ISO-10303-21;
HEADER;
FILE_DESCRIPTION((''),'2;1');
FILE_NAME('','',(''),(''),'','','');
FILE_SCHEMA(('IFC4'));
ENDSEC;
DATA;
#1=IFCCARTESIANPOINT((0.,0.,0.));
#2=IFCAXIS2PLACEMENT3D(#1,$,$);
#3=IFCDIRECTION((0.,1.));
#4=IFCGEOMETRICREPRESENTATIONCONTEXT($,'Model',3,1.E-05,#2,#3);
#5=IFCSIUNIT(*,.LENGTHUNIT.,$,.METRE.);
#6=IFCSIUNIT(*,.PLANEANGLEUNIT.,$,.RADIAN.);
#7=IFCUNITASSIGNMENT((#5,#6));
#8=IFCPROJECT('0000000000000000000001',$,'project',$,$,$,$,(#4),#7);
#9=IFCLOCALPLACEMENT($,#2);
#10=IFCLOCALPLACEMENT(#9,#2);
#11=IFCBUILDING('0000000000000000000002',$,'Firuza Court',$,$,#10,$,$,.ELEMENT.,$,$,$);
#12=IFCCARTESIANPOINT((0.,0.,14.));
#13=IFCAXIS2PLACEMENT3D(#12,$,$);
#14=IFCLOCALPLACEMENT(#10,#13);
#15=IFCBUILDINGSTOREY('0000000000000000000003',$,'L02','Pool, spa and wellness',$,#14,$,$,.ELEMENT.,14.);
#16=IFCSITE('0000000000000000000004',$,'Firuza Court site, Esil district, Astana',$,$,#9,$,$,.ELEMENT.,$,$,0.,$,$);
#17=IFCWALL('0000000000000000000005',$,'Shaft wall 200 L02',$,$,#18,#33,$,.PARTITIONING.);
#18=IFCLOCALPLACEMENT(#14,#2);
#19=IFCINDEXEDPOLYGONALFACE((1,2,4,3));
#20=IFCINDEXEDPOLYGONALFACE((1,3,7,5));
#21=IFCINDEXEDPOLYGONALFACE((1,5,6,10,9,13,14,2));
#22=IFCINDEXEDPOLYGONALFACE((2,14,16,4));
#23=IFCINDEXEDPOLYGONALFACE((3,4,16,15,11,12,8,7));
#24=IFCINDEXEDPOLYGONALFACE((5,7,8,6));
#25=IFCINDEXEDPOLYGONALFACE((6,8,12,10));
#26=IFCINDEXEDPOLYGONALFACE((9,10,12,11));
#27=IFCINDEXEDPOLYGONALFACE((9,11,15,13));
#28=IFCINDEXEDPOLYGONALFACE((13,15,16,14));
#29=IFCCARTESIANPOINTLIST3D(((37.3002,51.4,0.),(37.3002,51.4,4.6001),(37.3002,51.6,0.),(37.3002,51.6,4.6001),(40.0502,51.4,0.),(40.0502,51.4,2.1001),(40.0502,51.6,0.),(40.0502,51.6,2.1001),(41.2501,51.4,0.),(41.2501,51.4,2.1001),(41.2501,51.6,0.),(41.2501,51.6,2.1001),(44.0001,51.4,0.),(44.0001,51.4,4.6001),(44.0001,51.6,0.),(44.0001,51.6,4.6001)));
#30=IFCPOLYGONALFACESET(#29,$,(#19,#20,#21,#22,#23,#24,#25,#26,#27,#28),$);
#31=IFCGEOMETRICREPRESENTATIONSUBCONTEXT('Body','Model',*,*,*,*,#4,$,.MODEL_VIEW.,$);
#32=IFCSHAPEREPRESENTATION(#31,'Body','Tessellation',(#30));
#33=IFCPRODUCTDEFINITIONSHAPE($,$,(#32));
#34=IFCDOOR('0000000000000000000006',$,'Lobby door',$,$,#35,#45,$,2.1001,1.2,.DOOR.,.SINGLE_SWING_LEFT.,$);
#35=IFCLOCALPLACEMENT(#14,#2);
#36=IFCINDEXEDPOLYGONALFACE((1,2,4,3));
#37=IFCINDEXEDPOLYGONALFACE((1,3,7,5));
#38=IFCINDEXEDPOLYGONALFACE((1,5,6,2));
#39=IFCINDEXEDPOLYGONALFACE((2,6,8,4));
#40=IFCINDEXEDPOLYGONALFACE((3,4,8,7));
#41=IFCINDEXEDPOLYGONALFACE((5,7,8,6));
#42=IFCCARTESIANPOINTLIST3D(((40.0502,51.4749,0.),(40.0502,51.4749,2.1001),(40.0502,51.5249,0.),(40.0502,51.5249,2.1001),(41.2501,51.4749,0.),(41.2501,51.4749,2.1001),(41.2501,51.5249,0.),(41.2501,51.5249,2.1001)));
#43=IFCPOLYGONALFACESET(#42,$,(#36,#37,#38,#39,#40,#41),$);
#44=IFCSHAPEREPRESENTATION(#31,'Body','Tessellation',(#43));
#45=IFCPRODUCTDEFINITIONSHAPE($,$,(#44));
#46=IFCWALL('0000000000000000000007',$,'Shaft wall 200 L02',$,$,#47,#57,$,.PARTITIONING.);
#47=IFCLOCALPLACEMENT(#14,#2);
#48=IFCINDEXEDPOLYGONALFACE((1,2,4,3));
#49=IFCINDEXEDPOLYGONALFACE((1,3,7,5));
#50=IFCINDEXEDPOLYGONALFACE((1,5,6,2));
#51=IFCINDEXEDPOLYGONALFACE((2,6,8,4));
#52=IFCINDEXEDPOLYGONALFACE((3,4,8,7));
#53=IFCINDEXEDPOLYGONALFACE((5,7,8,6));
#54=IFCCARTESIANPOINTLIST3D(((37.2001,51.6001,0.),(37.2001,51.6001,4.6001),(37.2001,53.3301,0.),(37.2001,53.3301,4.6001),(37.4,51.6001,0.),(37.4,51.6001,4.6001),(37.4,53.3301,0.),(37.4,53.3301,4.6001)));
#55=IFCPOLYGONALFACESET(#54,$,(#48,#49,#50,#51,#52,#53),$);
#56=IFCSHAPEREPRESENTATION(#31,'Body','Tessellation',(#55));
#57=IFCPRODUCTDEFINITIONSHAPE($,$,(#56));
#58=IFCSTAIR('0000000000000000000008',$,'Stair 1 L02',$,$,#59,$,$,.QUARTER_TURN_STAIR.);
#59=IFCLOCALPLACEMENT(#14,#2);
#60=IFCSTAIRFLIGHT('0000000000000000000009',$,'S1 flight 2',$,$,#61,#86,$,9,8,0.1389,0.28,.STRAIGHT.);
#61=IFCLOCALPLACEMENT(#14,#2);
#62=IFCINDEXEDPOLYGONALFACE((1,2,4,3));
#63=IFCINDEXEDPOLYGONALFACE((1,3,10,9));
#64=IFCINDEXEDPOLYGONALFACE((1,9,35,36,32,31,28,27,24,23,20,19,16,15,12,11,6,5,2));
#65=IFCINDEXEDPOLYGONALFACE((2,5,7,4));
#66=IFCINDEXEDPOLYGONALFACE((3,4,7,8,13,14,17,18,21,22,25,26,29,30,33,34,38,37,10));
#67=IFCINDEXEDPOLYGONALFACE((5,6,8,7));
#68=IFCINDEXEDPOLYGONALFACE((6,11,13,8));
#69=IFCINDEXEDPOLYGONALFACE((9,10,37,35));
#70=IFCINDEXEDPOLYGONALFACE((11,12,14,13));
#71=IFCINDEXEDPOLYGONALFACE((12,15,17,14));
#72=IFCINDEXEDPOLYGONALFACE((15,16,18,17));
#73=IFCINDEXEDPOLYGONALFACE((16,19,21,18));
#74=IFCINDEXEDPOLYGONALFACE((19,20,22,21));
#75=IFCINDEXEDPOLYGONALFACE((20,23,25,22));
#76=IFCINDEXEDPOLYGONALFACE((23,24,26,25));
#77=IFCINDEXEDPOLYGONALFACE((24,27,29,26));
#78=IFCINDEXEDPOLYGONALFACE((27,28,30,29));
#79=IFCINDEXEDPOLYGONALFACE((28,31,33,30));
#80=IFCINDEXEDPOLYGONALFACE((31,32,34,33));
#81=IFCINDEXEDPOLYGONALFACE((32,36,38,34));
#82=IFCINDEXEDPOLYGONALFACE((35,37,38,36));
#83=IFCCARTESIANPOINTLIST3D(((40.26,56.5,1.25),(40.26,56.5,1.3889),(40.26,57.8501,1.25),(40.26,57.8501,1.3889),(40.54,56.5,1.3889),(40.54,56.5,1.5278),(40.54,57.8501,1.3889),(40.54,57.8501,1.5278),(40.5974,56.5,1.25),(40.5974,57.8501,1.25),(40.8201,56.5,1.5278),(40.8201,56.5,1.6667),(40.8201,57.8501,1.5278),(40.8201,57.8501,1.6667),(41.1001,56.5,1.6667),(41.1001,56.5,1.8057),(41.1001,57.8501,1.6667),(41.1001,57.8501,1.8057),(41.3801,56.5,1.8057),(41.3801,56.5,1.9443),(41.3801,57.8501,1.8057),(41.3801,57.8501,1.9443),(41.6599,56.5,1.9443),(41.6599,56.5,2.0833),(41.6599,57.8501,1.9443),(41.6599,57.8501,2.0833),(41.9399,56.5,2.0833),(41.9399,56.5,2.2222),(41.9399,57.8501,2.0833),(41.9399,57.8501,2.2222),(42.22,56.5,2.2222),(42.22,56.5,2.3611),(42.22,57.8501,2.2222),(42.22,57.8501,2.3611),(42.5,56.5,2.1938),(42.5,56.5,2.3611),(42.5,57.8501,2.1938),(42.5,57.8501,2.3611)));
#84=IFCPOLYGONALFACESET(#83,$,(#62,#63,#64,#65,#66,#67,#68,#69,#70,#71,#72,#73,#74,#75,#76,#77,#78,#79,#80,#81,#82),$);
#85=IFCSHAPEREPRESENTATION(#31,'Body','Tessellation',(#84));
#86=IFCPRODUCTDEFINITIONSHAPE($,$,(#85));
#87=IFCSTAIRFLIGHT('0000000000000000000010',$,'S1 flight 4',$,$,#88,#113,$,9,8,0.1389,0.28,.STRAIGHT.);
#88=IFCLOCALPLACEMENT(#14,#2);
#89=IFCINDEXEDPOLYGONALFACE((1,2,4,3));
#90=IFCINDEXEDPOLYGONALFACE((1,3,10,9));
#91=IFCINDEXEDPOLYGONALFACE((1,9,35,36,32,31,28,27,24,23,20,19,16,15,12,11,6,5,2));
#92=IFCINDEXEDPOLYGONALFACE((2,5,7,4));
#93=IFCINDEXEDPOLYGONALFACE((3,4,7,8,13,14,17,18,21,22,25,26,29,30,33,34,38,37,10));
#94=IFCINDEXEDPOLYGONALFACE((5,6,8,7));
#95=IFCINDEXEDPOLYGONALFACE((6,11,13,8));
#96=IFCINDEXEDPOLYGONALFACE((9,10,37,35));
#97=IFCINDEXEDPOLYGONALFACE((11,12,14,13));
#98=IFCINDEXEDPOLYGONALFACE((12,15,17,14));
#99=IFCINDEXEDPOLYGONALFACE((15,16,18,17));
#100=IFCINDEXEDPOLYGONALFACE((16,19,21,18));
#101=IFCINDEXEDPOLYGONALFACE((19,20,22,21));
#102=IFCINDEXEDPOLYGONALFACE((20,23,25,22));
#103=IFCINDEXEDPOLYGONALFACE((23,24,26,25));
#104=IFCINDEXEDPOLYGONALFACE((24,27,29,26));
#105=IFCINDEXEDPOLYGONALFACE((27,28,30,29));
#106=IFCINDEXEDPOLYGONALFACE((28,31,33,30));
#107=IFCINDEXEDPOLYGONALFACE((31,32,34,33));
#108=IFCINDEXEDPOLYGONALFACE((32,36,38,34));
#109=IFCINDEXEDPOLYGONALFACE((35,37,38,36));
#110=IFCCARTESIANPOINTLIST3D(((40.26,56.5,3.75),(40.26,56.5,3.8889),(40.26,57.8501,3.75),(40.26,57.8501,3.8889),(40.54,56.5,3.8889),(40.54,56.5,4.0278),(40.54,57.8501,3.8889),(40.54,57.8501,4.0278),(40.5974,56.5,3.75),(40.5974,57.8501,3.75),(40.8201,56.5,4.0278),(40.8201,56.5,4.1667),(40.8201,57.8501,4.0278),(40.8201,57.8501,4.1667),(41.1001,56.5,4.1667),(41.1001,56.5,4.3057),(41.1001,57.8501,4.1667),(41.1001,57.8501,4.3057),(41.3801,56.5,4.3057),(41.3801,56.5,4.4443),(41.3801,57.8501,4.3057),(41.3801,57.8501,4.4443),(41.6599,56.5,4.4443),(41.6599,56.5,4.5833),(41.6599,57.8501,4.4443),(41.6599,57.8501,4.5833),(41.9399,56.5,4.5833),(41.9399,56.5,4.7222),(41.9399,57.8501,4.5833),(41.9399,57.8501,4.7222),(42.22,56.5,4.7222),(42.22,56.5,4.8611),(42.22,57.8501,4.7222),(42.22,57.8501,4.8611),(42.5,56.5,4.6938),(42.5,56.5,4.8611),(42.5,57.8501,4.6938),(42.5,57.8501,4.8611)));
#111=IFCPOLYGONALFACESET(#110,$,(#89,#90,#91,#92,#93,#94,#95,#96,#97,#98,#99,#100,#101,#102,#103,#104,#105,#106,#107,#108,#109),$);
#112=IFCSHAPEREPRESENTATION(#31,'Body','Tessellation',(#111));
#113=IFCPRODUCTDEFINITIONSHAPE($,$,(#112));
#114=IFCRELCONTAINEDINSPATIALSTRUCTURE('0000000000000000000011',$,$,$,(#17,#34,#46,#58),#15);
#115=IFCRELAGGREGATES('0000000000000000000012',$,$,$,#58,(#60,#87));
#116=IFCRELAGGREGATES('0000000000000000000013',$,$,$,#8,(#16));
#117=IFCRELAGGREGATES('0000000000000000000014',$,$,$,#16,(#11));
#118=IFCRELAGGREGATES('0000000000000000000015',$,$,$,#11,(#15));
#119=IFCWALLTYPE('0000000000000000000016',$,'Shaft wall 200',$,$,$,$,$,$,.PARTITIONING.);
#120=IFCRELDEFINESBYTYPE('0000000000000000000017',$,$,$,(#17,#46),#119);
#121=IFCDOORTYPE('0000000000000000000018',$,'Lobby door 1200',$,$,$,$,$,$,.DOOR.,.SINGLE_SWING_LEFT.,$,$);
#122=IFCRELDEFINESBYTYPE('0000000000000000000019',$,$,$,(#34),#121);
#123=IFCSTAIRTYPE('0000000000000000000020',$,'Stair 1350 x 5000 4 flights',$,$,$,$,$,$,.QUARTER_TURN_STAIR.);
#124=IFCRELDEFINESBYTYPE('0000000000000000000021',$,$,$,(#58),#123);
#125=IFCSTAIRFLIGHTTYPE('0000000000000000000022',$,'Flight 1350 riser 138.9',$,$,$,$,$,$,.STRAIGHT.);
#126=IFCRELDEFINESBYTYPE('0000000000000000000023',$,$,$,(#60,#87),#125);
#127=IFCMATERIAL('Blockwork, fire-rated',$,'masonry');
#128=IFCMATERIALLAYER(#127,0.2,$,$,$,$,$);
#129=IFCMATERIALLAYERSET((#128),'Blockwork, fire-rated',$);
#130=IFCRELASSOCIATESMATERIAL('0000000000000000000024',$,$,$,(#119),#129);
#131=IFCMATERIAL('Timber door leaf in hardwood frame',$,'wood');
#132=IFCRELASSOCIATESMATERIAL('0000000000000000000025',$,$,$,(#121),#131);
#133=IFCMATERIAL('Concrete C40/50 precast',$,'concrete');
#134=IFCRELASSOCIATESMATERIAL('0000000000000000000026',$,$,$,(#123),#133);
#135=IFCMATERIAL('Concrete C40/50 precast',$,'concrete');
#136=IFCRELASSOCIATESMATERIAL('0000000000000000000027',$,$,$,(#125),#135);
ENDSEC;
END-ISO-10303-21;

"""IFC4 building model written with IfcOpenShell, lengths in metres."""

from ifc_helpers import new_model, si_unit, direction, frame, frame_2d, origin, place, context, subcontext, project, spatial, polyline, rectangle, outline, extrude, material, layer, layer_set, type_object, element, fill, aggregate, save


model = new_model("IFC4")

# Units and contexts
model_context = context("Model", 3, precision=1e-05, world=origin(), true_north=direction((0.0, 1.0)))
body_context = subcontext(model_context, "Body", "Model", "MODEL_VIEW")
ifc_project = project(units=[si_unit("LENGTHUNIT", "METRE"), si_unit("PLANEANGLEUNIT", "RADIAN")], contexts=[model_context])

# Site, building, storey
site_placement = place(None, origin())
site = spatial("IfcSite", under=ifc_project, at=site_placement, Name="Firuza Court site, Esil district, Astana", CompositionType="ELEMENT", RefElevation=0.0)
building_placement = place(site_placement, origin())
building = spatial("IfcBuilding", under=site, at=building_placement, Name="Firuza Court", CompositionType="ELEMENT")
storey_placement = place(building_placement, frame((0.0, 0.0, 14.0)))
storey = spatial("IfcBuildingStorey", under=building, at=storey_placement, Name="L02", Description="Pool, spa and wellness", CompositionType="ELEMENT", Elevation=14.0)

# Shared definitions
ifc_material_1 = material(Name="Blockwork, fire-rated", Category="masonry")

# Shared definitions
ifc_layer_1 = layer(ifc_material_1, 0.2)
ifc_layer_set_1 = layer_set([ifc_layer_1], Name="Blockwork, fire-rated")
wall_type_1 = type_object("IfcWallType", Name="Shaft wall 200", PredefinedType="PARTITIONING", material=ifc_layer_set_1)

# Wall, opening, door
wall_1_placement = place(storey_placement, frame((37.3, 51.5, 0.0), z_axis=(0.0, 0.0, 1.0), x_axis=(1.0, 0.0, 0.0)))
wall_1 = element("IfcWall", 1, at=wall_1_placement, inside=storey, type_object=wall_type_1, Name="Shaft wall 200 L02", PredefinedType="PARTITIONING", context=body_context, shape_type="SweptSolid", body=[
    extrude(rectangle(XDim=6.7, YDim=0.2, at=frame_2d((3.3501, 0.0))), origin(), (0.0, 0.0, 1.0), 4.6001),
])
opening_1_placement = place(wall_1_placement, frame((2.75, 0.0, 0.0)))
opening_1 = element("IfcOpeningElement", 2, at=opening_1_placement, cuts=wall_1, PredefinedType="OPENING", context=body_context, shape_type="SweptSolid", body=[
    extrude(rectangle(XDim=1.2, YDim=2.1001, at=frame_2d((0.6001, 1.05))), frame((0.0, 0.1118, 0.0), z_axis=(0.0, -1.0, 0.0), x_axis=(1.0, 0.0, 0.0)), (0.0, 0.0, 1.0), 0.2239),
])
ifc_material_2 = material(Name="Timber door leaf in hardwood frame", Category="wood")
door_type_1 = type_object("IfcDoorType", Name="Lobby door 1200", OperationType="SINGLE_SWING_LEFT", PredefinedType="DOOR", material=ifc_material_2)
door_1_placement = place(opening_1_placement, origin())
door_1 = element("IfcDoor", 3, at=door_1_placement, inside=storey, type_object=door_type_1, Name="Lobby door", OperationType="SINGLE_SWING_LEFT", OverallHeight=2.1001, OverallWidth=1.2, PredefinedType="DOOR", context=body_context, shape_type="SweptSolid", body=[
    extrude(rectangle(XDim=1.2, YDim=2.1001, at=frame_2d((0.6001, 1.05))), frame((0.0, 0.0249, 0.0), z_axis=(0.0, -1.0, 0.0), x_axis=(1.0, 0.0, 0.0)), (0.0, 0.0, 1.0), 0.05),
])
fill(opening_1, door_1)

# Wall
wall_2_placement = place(storey_placement, frame((37.3, 51.6001, 0.0), z_axis=(0.0, 0.0, 1.0), x_axis=(0.0, 1.0, 0.0)))
element("IfcWall", 4, at=wall_2_placement, inside=storey, type_object=wall_type_1, Name="Shaft wall 200 L02", PredefinedType="PARTITIONING", context=body_context, shape_type="SweptSolid", body=[
    extrude(rectangle(XDim=1.73, YDim=0.2, at=frame_2d((0.865, 0.0))), origin(), (0.0, 0.0, 1.0), 4.6001),
])

# Stair, stair flights
ifc_material_3 = material(Name="Concrete C40/50 precast", Category="concrete")
stair_type = type_object("IfcStairType", Name="Stair 1350 x 5000 4 flights", PredefinedType="QUARTER_TURN_STAIR", material=ifc_material_3)
stair_placement = place(storey_placement, origin())
stair = element("IfcStair", 5, at=stair_placement, inside=storey, type_object=stair_type, Name="Stair 1 L02", PredefinedType="QUARTER_TURN_STAIR")
ifc_material_4 = material(Name="Concrete C40/50 precast", Category="concrete")
stair_flight_type = type_object("IfcStairFlightType", Name="Flight 1350 riser 138.9", PredefinedType="STRAIGHT", material=ifc_material_4)
stair_flight_1_placement = place(storey_placement, frame((40.26, 57.175, 1.25), z_axis=(0.0, 0.0, 1.0), x_axis=(1.0, 0.0, 0.0)))
stair_flight_1 = element("IfcStairFlight", 6, at=stair_flight_1_placement, type_object=stair_flight_type, Name="S1 flight 2", NumberOfRisers=9, NumberOfTreads=8, PredefinedType="STRAIGHT", RiserHeight=0.1389, TreadLength=0.28, context=body_context, shape_type="SweptSolid", body=[
    extrude(outline(polyline([(0.0, 0.0), (0.0, 0.1389), (0.28, 0.1389), (0.28, 0.2778), (0.5601, 0.2778), (0.5601, 0.4167), (0.8401, 0.4167), (0.8401, 0.5557), (1.1201, 0.5557), (1.1201, 0.6943), (1.3999, 0.6943), (1.3999, 0.8333), (1.6799, 0.8333), (1.6799, 0.9722), (1.96, 0.9722), (1.96, 1.1111), (2.24, 1.1111), (2.24, 1.25), (2.24, 0.9438), (0.3374, 0.0), (0.0, 0.0)])), frame((0.0, 0.675, 0.0), z_axis=(0.0, -1.0, 0.0), x_axis=(1.0, 0.0, 0.0)), (0.0, 0.0, 1.0), 1.3501),
])
stair_flight_2_placement = place(storey_placement, frame((40.26, 57.175, 3.75), z_axis=(0.0, 0.0, 1.0), x_axis=(1.0, 0.0, 0.0)))
stair_flight_2 = element("IfcStairFlight", 7, at=stair_flight_2_placement, type_object=stair_flight_type, Name="S1 flight 4", NumberOfRisers=9, NumberOfTreads=8, PredefinedType="STRAIGHT", RiserHeight=0.1389, TreadLength=0.28, context=body_context, shape_type="SweptSolid", body=[
    extrude(outline(polyline([(0.0, 0.0), (0.0, 0.1389), (0.28, 0.1389), (0.28, 0.2778), (0.5601, 0.2778), (0.5601, 0.4167), (0.8401, 0.4167), (0.8401, 0.5557), (1.1201, 0.5557), (1.1201, 0.6943), (1.3999, 0.6943), (1.3999, 0.8333), (1.6799, 0.8333), (1.6799, 0.9722), (1.96, 0.9722), (1.96, 1.1111), (2.24, 1.1111), (2.24, 1.25), (2.24, 0.9438), (0.3374, 0.0), (0.0, 0.0)])), frame((0.0, 0.675, 0.0), z_axis=(0.0, -1.0, 0.0), x_axis=(1.0, 0.0, 0.0)), (0.0, 0.0, 1.0), 1.3501),
])
aggregate(stair, [stair_flight_1, stair_flight_2])

save(model, "model.ifc")
